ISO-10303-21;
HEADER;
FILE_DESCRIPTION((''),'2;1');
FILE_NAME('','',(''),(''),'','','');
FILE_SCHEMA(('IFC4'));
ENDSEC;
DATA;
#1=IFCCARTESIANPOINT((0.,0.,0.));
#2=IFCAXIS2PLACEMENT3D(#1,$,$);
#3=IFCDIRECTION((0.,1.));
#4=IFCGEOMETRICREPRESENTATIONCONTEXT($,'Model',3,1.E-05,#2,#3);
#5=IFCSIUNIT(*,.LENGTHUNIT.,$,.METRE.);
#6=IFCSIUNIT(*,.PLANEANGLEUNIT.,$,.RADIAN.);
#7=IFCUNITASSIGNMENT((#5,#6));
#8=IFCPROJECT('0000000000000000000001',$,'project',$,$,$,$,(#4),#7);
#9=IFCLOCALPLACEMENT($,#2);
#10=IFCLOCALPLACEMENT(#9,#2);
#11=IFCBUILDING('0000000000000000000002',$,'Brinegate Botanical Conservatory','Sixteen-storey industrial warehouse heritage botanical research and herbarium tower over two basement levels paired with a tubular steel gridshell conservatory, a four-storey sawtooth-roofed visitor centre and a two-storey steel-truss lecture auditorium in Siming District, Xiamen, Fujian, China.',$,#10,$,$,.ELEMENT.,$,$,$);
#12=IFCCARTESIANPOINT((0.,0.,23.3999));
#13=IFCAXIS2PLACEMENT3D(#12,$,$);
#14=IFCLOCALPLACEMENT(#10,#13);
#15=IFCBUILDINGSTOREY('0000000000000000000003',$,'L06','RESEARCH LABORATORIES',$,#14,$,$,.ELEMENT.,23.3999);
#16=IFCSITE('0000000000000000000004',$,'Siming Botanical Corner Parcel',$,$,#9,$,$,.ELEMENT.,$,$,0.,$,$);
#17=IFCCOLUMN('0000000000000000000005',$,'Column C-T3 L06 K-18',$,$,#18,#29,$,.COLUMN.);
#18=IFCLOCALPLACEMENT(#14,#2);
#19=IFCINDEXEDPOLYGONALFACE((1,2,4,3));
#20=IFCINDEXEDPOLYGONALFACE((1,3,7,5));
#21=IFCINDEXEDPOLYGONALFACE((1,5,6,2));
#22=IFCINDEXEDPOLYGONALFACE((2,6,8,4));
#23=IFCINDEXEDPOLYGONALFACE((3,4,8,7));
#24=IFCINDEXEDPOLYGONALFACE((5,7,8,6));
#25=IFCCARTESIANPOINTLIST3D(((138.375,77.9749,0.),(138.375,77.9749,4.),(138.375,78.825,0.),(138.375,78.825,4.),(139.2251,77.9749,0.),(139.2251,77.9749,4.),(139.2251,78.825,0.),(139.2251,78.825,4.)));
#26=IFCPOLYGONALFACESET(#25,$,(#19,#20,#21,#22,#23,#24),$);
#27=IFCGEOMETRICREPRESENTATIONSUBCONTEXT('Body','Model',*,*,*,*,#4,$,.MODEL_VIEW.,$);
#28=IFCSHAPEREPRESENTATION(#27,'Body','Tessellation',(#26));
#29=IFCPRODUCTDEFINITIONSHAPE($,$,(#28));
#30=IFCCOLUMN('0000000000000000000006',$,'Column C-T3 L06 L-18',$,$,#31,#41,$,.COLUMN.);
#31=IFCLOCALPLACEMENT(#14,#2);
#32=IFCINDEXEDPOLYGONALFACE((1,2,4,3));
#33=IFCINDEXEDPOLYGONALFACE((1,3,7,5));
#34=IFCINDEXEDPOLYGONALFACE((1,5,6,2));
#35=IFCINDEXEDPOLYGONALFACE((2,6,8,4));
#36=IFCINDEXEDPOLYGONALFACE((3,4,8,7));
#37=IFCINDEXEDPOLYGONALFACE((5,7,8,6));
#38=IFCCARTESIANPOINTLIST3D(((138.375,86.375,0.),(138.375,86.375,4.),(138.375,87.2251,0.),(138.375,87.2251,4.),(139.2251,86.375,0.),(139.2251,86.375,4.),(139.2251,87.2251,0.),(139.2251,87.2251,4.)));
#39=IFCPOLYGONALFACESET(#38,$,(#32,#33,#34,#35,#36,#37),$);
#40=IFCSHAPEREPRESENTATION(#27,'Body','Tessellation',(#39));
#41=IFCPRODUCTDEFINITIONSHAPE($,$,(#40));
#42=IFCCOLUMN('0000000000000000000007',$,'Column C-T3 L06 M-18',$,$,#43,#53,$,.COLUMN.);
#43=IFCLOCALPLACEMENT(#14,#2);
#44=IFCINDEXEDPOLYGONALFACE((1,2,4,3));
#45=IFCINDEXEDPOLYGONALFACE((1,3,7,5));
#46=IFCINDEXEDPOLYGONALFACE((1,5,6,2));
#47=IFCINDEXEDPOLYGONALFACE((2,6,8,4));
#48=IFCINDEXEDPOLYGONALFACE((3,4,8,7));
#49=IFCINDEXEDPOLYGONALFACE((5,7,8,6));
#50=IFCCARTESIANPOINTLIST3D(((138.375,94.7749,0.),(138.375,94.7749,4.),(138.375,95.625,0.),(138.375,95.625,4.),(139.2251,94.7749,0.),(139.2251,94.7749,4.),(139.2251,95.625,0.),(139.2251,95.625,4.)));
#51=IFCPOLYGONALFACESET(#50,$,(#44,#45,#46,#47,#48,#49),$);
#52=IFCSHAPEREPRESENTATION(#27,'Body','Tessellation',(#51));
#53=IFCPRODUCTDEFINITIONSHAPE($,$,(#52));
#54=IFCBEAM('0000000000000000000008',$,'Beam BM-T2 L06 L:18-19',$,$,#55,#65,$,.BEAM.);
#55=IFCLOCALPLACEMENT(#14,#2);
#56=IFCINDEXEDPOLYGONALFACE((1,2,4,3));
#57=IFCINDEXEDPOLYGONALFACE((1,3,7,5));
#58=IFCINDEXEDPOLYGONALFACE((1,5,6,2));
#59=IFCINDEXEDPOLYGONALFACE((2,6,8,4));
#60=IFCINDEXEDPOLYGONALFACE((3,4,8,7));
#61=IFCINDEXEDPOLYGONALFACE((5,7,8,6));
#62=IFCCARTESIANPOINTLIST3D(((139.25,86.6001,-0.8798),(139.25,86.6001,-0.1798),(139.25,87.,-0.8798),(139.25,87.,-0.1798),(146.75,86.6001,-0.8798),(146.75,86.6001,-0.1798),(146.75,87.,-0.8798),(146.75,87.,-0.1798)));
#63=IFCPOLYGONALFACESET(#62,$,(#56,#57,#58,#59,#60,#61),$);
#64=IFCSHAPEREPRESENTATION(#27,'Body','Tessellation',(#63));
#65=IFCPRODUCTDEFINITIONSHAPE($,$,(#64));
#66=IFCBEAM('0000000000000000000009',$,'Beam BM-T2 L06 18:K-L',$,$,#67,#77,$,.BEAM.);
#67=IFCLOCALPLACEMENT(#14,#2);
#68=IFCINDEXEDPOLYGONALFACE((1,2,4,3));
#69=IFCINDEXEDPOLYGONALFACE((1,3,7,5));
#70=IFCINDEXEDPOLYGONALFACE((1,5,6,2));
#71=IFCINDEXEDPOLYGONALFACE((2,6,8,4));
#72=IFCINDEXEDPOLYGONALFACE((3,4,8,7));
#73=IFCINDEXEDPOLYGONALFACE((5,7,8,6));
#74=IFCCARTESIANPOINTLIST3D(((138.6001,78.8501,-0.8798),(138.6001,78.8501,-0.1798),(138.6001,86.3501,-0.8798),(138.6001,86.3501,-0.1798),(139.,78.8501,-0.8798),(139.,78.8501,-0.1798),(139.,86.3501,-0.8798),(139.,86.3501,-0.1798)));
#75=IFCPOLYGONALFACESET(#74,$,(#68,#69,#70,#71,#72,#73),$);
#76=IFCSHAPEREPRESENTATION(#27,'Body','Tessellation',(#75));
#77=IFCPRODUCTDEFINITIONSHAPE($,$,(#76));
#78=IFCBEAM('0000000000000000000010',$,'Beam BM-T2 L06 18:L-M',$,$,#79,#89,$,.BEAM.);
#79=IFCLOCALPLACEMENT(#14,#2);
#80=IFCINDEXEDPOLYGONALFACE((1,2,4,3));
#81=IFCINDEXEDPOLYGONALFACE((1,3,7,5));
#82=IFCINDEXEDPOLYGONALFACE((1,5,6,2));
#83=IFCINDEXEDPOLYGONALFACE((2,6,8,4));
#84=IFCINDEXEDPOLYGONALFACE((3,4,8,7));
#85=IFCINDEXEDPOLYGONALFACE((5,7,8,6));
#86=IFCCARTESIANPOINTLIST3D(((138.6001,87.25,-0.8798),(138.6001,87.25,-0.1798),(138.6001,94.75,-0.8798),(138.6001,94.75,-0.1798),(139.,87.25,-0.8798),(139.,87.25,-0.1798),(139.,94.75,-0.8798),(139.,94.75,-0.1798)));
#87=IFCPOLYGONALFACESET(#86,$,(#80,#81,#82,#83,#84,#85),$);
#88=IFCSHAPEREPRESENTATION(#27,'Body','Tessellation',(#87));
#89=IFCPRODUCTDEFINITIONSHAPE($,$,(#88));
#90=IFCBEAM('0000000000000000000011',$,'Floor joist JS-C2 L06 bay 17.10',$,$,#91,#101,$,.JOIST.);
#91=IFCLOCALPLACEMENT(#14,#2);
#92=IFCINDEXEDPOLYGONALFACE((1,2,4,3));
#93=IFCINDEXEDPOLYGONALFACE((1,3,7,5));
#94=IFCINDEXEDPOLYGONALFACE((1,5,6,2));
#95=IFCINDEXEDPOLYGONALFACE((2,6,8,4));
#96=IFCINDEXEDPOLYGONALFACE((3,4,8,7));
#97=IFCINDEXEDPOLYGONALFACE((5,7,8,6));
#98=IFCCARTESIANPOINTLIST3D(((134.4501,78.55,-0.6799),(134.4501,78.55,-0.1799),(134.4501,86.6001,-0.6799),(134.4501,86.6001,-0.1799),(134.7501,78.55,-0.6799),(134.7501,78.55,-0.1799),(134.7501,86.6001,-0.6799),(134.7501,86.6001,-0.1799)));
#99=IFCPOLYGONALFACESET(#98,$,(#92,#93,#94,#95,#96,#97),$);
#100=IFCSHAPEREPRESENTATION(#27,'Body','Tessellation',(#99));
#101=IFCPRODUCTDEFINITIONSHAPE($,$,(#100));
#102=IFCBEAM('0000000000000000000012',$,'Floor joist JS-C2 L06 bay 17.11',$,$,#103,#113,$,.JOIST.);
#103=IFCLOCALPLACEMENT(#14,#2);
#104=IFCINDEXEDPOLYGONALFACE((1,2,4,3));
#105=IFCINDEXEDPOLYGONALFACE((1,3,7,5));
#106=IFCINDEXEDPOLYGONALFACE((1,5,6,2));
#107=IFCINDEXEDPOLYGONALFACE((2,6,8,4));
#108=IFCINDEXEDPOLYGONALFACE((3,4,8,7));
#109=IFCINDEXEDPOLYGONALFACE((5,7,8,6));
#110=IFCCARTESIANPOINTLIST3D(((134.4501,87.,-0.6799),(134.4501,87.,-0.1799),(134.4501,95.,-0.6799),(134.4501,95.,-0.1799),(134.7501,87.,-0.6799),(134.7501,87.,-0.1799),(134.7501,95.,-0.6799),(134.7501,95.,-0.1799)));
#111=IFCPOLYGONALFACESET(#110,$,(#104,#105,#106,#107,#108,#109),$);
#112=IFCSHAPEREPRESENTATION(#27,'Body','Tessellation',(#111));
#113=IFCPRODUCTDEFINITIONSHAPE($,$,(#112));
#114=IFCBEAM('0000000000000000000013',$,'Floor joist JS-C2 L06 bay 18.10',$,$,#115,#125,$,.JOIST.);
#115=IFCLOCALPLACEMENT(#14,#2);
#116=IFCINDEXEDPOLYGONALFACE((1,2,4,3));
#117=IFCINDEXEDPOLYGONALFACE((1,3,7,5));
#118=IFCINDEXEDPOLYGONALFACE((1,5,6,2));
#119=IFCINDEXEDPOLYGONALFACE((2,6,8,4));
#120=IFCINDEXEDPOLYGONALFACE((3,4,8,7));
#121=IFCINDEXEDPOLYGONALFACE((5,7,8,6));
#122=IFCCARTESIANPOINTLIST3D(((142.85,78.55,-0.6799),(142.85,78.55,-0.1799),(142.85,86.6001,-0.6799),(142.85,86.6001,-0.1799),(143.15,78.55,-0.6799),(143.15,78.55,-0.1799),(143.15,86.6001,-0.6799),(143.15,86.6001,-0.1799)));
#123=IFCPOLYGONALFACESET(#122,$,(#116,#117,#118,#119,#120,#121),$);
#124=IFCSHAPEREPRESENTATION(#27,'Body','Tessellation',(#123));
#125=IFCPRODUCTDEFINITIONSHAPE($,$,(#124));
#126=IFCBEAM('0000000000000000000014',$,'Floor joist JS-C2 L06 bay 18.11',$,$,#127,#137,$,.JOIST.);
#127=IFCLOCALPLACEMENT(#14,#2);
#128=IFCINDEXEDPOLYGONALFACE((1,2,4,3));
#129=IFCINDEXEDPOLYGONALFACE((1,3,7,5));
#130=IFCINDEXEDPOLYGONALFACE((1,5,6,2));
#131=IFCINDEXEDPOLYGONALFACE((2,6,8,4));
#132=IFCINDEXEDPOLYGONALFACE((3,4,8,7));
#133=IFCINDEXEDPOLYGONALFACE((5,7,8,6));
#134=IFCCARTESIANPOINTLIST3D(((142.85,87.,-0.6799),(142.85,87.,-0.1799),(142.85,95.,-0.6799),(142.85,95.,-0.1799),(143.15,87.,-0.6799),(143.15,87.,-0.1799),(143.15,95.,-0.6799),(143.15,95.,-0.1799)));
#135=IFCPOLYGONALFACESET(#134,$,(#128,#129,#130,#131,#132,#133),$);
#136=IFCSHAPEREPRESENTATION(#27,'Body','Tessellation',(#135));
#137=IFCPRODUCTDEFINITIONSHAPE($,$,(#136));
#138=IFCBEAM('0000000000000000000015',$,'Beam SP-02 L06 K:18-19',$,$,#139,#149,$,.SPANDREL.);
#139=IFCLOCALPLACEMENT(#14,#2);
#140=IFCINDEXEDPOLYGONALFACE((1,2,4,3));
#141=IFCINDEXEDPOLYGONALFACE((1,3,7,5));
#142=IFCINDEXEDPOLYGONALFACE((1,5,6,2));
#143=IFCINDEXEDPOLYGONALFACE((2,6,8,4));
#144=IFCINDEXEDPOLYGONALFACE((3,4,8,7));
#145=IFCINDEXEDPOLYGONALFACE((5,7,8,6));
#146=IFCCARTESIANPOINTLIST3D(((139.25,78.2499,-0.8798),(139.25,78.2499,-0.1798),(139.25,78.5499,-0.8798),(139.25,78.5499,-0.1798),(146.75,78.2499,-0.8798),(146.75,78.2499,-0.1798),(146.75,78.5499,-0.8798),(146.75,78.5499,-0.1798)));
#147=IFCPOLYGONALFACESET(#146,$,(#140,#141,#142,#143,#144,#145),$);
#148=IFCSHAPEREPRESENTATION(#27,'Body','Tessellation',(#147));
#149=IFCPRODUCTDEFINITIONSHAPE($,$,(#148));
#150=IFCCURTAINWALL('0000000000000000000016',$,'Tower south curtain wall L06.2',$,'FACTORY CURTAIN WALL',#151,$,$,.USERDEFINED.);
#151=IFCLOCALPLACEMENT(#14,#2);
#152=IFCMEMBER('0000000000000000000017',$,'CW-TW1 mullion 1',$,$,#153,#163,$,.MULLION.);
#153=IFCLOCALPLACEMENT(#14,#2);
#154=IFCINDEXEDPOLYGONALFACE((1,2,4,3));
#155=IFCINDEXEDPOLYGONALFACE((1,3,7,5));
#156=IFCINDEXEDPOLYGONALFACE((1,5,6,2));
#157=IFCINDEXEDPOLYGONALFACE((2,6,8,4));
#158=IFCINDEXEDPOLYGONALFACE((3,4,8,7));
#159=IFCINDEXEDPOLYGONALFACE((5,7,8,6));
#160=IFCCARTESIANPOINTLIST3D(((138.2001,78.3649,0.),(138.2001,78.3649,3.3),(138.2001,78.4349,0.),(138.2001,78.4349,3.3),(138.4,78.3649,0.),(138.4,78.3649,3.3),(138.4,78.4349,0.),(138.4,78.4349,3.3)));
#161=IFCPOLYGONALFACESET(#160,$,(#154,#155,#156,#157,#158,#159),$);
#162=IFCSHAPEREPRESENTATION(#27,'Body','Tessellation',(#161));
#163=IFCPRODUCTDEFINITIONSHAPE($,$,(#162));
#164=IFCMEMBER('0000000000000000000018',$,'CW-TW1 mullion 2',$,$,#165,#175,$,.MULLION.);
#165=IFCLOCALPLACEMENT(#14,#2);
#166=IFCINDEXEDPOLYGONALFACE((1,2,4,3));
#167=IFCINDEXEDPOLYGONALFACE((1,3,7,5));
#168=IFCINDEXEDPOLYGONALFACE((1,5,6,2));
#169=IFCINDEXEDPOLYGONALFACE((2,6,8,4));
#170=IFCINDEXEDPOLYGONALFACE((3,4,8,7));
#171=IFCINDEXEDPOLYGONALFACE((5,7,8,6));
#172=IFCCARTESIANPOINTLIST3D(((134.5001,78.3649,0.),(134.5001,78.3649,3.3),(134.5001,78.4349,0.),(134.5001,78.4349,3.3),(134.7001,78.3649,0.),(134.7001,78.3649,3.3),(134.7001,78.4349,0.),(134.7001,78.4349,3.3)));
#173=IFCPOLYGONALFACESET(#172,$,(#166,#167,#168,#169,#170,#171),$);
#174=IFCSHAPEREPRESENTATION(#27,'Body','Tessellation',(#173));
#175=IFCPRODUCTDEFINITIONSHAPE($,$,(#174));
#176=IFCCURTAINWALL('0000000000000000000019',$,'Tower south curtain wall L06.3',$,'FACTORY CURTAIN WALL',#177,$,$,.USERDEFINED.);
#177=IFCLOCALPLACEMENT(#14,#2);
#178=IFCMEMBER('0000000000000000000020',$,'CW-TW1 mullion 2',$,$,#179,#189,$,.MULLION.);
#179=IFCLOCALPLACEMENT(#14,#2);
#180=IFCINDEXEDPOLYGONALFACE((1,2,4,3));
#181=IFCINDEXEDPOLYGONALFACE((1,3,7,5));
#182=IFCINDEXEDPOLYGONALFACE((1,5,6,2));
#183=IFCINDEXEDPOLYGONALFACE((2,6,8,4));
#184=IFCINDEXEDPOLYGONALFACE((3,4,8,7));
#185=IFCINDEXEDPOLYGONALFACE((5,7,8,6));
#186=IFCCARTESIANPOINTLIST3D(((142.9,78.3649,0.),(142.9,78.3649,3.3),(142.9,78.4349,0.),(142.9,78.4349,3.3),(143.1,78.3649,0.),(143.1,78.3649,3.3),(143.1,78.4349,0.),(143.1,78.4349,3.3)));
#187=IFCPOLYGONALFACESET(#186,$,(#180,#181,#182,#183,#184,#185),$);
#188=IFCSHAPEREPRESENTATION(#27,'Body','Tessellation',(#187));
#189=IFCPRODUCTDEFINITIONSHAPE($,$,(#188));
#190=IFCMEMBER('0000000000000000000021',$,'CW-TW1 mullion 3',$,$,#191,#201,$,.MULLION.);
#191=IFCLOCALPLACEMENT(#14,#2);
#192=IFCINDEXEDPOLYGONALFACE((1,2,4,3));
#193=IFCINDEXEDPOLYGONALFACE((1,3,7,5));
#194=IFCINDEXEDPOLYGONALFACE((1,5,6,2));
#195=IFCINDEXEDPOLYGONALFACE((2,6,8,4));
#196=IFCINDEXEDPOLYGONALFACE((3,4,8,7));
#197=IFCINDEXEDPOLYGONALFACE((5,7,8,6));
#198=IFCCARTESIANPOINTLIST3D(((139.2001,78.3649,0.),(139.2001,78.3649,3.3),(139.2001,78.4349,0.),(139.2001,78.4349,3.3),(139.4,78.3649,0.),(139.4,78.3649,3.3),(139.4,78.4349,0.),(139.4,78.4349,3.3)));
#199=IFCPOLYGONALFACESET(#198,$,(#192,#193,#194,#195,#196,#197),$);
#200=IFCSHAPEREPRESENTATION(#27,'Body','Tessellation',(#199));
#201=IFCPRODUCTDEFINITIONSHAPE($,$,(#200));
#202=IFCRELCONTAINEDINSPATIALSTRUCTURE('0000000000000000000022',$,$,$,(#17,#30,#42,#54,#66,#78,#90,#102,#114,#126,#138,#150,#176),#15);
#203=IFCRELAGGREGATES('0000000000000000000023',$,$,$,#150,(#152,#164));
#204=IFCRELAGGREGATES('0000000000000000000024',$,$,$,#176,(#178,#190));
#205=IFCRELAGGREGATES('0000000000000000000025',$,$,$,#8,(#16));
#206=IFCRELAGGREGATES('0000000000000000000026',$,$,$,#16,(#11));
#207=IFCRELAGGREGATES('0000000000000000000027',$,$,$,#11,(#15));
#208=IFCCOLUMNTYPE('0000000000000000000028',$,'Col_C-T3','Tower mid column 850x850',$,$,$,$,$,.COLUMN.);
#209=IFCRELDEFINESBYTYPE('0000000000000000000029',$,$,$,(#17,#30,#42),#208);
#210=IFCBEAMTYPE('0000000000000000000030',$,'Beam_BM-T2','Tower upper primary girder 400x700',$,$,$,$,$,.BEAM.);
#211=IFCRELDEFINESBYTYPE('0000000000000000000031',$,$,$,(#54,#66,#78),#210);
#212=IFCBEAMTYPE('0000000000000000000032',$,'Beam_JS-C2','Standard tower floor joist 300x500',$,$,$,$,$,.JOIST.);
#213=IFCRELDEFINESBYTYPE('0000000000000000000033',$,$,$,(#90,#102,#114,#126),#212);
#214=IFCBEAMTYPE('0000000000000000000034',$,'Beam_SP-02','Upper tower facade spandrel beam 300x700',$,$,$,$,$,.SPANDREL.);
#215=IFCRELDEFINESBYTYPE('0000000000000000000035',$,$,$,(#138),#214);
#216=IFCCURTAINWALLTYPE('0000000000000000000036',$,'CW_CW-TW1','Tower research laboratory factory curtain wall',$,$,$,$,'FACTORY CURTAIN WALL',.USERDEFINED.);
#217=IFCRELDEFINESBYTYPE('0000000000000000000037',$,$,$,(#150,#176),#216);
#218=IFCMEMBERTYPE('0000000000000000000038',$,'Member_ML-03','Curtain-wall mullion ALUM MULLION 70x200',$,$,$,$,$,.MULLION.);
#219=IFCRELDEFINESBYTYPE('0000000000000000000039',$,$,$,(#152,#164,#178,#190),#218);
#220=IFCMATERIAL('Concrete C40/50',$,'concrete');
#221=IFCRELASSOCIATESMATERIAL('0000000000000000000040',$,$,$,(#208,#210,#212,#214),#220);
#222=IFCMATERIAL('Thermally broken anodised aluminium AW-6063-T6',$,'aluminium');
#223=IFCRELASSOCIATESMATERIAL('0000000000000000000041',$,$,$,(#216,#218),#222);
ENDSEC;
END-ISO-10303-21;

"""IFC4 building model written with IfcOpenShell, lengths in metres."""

from ifc_helpers import new_model, si_unit, direction, frame, origin, origin_2d, place, context, subcontext, project, spatial, rectangle, extrude, material, material_profile, profile_set, type_object, element, aggregate, save


model = new_model("IFC4")

# Units and contexts
model_context = context("Model", 3, precision=1e-05, world=origin(), true_north=direction((0.0, 1.0)))
body_context = subcontext(model_context, "Body", "Model", "MODEL_VIEW")
ifc_project = project(units=[si_unit("LENGTHUNIT", "METRE"), si_unit("PLANEANGLEUNIT", "RADIAN")], contexts=[model_context])

# Site, building, storey
site_placement = place(None, origin())
site = spatial("IfcSite", under=ifc_project, at=site_placement, Name="Siming Botanical Corner Parcel", CompositionType="ELEMENT", RefElevation=0.0)
building_placement = place(site_placement, origin())
building = spatial("IfcBuilding", under=site, at=building_placement, Name="Brinegate Botanical Conservatory", Description="Sixteen-storey industrial warehouse heritage botanical research and herbarium tower over two basement levels paired with a tubular steel gridshell conservatory, a four-storey sawtooth-roofed visitor centre and a two-storey steel-truss lecture auditorium in Siming District, Xiamen, Fujian, China.", CompositionType="ELEMENT")
storey_placement = place(building_placement, frame((0.0, 0.0, 23.3999)))
storey = spatial("IfcBuildingStorey", under=building, at=storey_placement, Name="L06", Description="RESEARCH LABORATORIES", CompositionType="ELEMENT", Elevation=23.3999)

# Columns
ifc_material_1 = material(Name="Concrete C40/50", Category="concrete")
ifc_material_profile_1 = material_profile(ifc_material_1, rectangle(XDim=0.8501, YDim=0.8501, at=origin_2d()), Name="RC COL 850x850")
ifc_profile_set_1 = profile_set([ifc_material_profile_1], Name="Concrete C40/50")
column_type = type_object("IfcColumnType", Name="Col_C-T3", Description="Tower mid column 850x850", PredefinedType="COLUMN", material=ifc_profile_set_1)
for number, where, z_axis, x_axis, name in (
    (1, (138.8, 78.3999, 0.0), (0.0, 0.0, 1.0), (1.0, 0.0, 0.0), "Column C-T3 L06 K-18"),
    (2, (138.8, 86.8, 0.0), (0.0, 0.0, 1.0), (1.0, 0.0, 0.0), "Column C-T3 L06 L-18"),
    (3, (138.8, 95.2, 0.0), (0.0, 0.0, 1.0), (1.0, 0.0, 0.0), "Column C-T3 L06 M-18"),
):
    element("IfcColumn", number, at=place(storey_placement, frame(where, z_axis=z_axis, x_axis=x_axis)), inside=storey, type_object=column_type, Name=name, PredefinedType="COLUMN", context=body_context, shape_type="SweptSolid", body=[
        extrude(rectangle(XDim=0.8501, YDim=0.8501, at=origin_2d()), origin(), (0.0, 0.0, 1.0), 4.0),
    ])

# Beams
ifc_material_profile_2 = material_profile(ifc_material_1, rectangle(XDim=0.3999, YDim=0.7, at=origin_2d()), Name="RC BM 400x700")
ifc_profile_set_2 = profile_set([ifc_material_profile_2], Name="Concrete C40/50")
beam_type_1 = type_object("IfcBeamType", Name="Beam_BM-T2", Description="Tower upper primary girder 400x700", PredefinedType="BEAM", material=ifc_profile_set_2)
for number, where, z_axis, x_axis, name in (
    (4, (139.25, 86.8, -0.5298), (1.0, 0.0, 0.0), (0.0, 1.0, 0.0), "Beam BM-T2 L06 L:18-19"),
    (5, (138.8, 78.8501, -0.5298), (0.0, 1.0, 0.0), (-1.0, 0.0, 0.0), "Beam BM-T2 L06 18:K-L"),
    (6, (138.8, 87.25, -0.5298), (0.0, 1.0, 0.0), (-1.0, 0.0, 0.0), "Beam BM-T2 L06 18:L-M"),
):
    element("IfcBeam", number, at=place(storey_placement, frame(where, z_axis=z_axis, x_axis=x_axis)), inside=storey, type_object=beam_type_1, Name=name, PredefinedType="BEAM", context=body_context, shape_type="SweptSolid", body=[
        extrude(rectangle(XDim=0.3999, YDim=0.7, at=origin_2d()), origin(), (0.0, 0.0, 1.0), 7.5),
    ])
ifc_material_profile_3 = material_profile(ifc_material_1, rectangle(XDim=0.3, YDim=0.5, at=origin_2d()), Name="RC JST 300x500")
ifc_profile_set_3 = profile_set([ifc_material_profile_3], Name="Concrete C40/50")
beam_type_2 = type_object("IfcBeamType", Name="Beam_JS-C2", Description="Standard tower floor joist 300x500", PredefinedType="JOIST", material=ifc_profile_set_3)
beam_1_placement = place(storey_placement, frame((134.6001, 78.55, -0.4299), z_axis=(0.0, 1.0, 0.0), x_axis=(-1.0, 0.0, 0.0)))
element("IfcBeam", 7, at=beam_1_placement, inside=storey, type_object=beam_type_2, Name="Floor joist JS-C2 L06 bay 17.10", PredefinedType="JOIST", context=body_context, shape_type="SweptSolid", body=[
    extrude(rectangle(XDim=0.3, YDim=0.5, at=origin_2d()), origin(), (0.0, 0.0, 1.0), 8.05),
])
beam_2_placement = place(storey_placement, frame((134.6001, 87.0, -0.4299), z_axis=(0.0, 1.0, 0.0), x_axis=(-1.0, 0.0, 0.0)))
element("IfcBeam", 8, at=beam_2_placement, inside=storey, type_object=beam_type_2, Name="Floor joist JS-C2 L06 bay 17.11", PredefinedType="JOIST", context=body_context, shape_type="SweptSolid", body=[
    extrude(rectangle(XDim=0.3, YDim=0.5, at=origin_2d()), origin(), (0.0, 0.0, 1.0), 8.0),
])
beam_3_placement = place(storey_placement, frame((143.0, 78.55, -0.4299), z_axis=(0.0, 1.0, 0.0), x_axis=(-1.0, 0.0, 0.0)))
element("IfcBeam", 9, at=beam_3_placement, inside=storey, type_object=beam_type_2, Name="Floor joist JS-C2 L06 bay 18.10", PredefinedType="JOIST", context=body_context, shape_type="SweptSolid", body=[
    extrude(rectangle(XDim=0.3, YDim=0.5, at=origin_2d()), origin(), (0.0, 0.0, 1.0), 8.05),
])
beam_4_placement = place(storey_placement, frame((143.0, 87.0, -0.4299), z_axis=(0.0, 1.0, 0.0), x_axis=(-1.0, 0.0, 0.0)))
element("IfcBeam", 10, at=beam_4_placement, inside=storey, type_object=beam_type_2, Name="Floor joist JS-C2 L06 bay 18.11", PredefinedType="JOIST", context=body_context, shape_type="SweptSolid", body=[
    extrude(rectangle(XDim=0.3, YDim=0.5, at=origin_2d()), origin(), (0.0, 0.0, 1.0), 8.0),
])
ifc_material_profile_4 = material_profile(ifc_material_1, rectangle(XDim=0.3, YDim=0.7, at=origin_2d()), Name="RC SPN 300x700")
ifc_profile_set_4 = profile_set([ifc_material_profile_4], Name="Concrete C40/50")
beam_type_3 = type_object("IfcBeamType", Name="Beam_SP-02", Description="Upper tower facade spandrel beam 300x700", PredefinedType="SPANDREL", material=ifc_profile_set_4)
beam_5_placement = place(storey_placement, frame((139.25, 78.3999, -0.5298), z_axis=(1.0, 0.0, 0.0), x_axis=(0.0, 1.0, 0.0)))
element("IfcBeam", 11, at=beam_5_placement, inside=storey, type_object=beam_type_3, Name="Beam SP-02 L06 K:18-19", PredefinedType="SPANDREL", context=body_context, shape_type="SweptSolid", body=[
    extrude(rectangle(XDim=0.3, YDim=0.7, at=origin_2d()), origin(), (0.0, 0.0, 1.0), 7.5),
])

# Curtain walls, members
ifc_material_2 = material(Name="Thermally broken anodised aluminium AW-6063-T6", Category="aluminium")
curtain_wall_type = type_object("IfcCurtainWallType", Name="CW_CW-TW1", Description="Tower research laboratory factory curtain wall", ElementType="FACTORY CURTAIN WALL", PredefinedType="USERDEFINED", material=ifc_material_2)
curtain_wall_1_placement = place(storey_placement, origin())
curtain_wall_1 = element("IfcCurtainWall", 12, at=curtain_wall_1_placement, inside=storey, type_object=curtain_wall_type, Name="Tower south curtain wall L06.2", ObjectType="FACTORY CURTAIN WALL", PredefinedType="USERDEFINED")
ifc_material_profile_5 = material_profile(ifc_material_2, rectangle(XDim=0.0701, YDim=0.2, at=origin_2d()), Name="ALUM MULLION 70x200")
ifc_profile_set_5 = profile_set([ifc_material_profile_5], Name="Thermally broken anodised aluminium AW-6063-T6")
member_type_1 = type_object("IfcMemberType", Name="Member_ML-03", Description="Curtain-wall mullion ALUM MULLION 70x200", PredefinedType="MULLION", material=ifc_profile_set_5)
member_1_placement = place(storey_placement, frame((138.3, 78.3999, 0.0), z_axis=(0.0, 0.0, 1.0), x_axis=(0.0, -1.0, 0.0)))
member_1 = element("IfcMember", 13, at=member_1_placement, type_object=member_type_1, Name="CW-TW1 mullion 1", PredefinedType="MULLION", context=body_context, shape_type="SweptSolid", body=[
    extrude(rectangle(XDim=0.0701, YDim=0.2, at=origin_2d()), origin(), (0.0, 0.0, 1.0), 3.3),
])
member_2_placement = place(storey_placement, frame((134.6001, 78.3999, 0.0), z_axis=(0.0, 0.0, 1.0), x_axis=(0.0, -1.0, 0.0)))
member_2 = element("IfcMember", 14, at=member_2_placement, type_object=member_type_1, Name="CW-TW1 mullion 2", PredefinedType="MULLION", context=body_context, shape_type="SweptSolid", body=[
    extrude(rectangle(XDim=0.0701, YDim=0.2, at=origin_2d()), origin(), (0.0, 0.0, 1.0), 3.3),
])
curtain_wall_2_placement = place(storey_placement, origin())
curtain_wall_2 = element("IfcCurtainWall", 15, at=curtain_wall_2_placement, inside=storey, type_object=curtain_wall_type, Name="Tower south curtain wall L06.3", ObjectType="FACTORY CURTAIN WALL", PredefinedType="USERDEFINED")
member_3_placement = place(storey_placement, frame((143.0, 78.3999, 0.0), z_axis=(0.0, 0.0, 1.0), x_axis=(0.0, -1.0, 0.0)))
member_3 = element("IfcMember", 16, at=member_3_placement, type_object=member_type_1, Name="CW-TW1 mullion 2", PredefinedType="MULLION", context=body_context, shape_type="SweptSolid", body=[
    extrude(rectangle(XDim=0.0701, YDim=0.2, at=origin_2d()), origin(), (0.0, 0.0, 1.0), 3.3),
])
member_4_placement = place(storey_placement, frame((139.3, 78.3999, 0.0), z_axis=(0.0, 0.0, 1.0), x_axis=(0.0, -1.0, 0.0)))
member_4 = element("IfcMember", 17, at=member_4_placement, type_object=member_type_1, Name="CW-TW1 mullion 3", PredefinedType="MULLION", context=body_context, shape_type="SweptSolid", body=[
    extrude(rectangle(XDim=0.0701, YDim=0.2, at=origin_2d()), origin(), (0.0, 0.0, 1.0), 3.3),
])

aggregate(curtain_wall_1, [member_1, member_2])
aggregate(curtain_wall_2, [member_3, member_4])

save(model, "model.ifc")
